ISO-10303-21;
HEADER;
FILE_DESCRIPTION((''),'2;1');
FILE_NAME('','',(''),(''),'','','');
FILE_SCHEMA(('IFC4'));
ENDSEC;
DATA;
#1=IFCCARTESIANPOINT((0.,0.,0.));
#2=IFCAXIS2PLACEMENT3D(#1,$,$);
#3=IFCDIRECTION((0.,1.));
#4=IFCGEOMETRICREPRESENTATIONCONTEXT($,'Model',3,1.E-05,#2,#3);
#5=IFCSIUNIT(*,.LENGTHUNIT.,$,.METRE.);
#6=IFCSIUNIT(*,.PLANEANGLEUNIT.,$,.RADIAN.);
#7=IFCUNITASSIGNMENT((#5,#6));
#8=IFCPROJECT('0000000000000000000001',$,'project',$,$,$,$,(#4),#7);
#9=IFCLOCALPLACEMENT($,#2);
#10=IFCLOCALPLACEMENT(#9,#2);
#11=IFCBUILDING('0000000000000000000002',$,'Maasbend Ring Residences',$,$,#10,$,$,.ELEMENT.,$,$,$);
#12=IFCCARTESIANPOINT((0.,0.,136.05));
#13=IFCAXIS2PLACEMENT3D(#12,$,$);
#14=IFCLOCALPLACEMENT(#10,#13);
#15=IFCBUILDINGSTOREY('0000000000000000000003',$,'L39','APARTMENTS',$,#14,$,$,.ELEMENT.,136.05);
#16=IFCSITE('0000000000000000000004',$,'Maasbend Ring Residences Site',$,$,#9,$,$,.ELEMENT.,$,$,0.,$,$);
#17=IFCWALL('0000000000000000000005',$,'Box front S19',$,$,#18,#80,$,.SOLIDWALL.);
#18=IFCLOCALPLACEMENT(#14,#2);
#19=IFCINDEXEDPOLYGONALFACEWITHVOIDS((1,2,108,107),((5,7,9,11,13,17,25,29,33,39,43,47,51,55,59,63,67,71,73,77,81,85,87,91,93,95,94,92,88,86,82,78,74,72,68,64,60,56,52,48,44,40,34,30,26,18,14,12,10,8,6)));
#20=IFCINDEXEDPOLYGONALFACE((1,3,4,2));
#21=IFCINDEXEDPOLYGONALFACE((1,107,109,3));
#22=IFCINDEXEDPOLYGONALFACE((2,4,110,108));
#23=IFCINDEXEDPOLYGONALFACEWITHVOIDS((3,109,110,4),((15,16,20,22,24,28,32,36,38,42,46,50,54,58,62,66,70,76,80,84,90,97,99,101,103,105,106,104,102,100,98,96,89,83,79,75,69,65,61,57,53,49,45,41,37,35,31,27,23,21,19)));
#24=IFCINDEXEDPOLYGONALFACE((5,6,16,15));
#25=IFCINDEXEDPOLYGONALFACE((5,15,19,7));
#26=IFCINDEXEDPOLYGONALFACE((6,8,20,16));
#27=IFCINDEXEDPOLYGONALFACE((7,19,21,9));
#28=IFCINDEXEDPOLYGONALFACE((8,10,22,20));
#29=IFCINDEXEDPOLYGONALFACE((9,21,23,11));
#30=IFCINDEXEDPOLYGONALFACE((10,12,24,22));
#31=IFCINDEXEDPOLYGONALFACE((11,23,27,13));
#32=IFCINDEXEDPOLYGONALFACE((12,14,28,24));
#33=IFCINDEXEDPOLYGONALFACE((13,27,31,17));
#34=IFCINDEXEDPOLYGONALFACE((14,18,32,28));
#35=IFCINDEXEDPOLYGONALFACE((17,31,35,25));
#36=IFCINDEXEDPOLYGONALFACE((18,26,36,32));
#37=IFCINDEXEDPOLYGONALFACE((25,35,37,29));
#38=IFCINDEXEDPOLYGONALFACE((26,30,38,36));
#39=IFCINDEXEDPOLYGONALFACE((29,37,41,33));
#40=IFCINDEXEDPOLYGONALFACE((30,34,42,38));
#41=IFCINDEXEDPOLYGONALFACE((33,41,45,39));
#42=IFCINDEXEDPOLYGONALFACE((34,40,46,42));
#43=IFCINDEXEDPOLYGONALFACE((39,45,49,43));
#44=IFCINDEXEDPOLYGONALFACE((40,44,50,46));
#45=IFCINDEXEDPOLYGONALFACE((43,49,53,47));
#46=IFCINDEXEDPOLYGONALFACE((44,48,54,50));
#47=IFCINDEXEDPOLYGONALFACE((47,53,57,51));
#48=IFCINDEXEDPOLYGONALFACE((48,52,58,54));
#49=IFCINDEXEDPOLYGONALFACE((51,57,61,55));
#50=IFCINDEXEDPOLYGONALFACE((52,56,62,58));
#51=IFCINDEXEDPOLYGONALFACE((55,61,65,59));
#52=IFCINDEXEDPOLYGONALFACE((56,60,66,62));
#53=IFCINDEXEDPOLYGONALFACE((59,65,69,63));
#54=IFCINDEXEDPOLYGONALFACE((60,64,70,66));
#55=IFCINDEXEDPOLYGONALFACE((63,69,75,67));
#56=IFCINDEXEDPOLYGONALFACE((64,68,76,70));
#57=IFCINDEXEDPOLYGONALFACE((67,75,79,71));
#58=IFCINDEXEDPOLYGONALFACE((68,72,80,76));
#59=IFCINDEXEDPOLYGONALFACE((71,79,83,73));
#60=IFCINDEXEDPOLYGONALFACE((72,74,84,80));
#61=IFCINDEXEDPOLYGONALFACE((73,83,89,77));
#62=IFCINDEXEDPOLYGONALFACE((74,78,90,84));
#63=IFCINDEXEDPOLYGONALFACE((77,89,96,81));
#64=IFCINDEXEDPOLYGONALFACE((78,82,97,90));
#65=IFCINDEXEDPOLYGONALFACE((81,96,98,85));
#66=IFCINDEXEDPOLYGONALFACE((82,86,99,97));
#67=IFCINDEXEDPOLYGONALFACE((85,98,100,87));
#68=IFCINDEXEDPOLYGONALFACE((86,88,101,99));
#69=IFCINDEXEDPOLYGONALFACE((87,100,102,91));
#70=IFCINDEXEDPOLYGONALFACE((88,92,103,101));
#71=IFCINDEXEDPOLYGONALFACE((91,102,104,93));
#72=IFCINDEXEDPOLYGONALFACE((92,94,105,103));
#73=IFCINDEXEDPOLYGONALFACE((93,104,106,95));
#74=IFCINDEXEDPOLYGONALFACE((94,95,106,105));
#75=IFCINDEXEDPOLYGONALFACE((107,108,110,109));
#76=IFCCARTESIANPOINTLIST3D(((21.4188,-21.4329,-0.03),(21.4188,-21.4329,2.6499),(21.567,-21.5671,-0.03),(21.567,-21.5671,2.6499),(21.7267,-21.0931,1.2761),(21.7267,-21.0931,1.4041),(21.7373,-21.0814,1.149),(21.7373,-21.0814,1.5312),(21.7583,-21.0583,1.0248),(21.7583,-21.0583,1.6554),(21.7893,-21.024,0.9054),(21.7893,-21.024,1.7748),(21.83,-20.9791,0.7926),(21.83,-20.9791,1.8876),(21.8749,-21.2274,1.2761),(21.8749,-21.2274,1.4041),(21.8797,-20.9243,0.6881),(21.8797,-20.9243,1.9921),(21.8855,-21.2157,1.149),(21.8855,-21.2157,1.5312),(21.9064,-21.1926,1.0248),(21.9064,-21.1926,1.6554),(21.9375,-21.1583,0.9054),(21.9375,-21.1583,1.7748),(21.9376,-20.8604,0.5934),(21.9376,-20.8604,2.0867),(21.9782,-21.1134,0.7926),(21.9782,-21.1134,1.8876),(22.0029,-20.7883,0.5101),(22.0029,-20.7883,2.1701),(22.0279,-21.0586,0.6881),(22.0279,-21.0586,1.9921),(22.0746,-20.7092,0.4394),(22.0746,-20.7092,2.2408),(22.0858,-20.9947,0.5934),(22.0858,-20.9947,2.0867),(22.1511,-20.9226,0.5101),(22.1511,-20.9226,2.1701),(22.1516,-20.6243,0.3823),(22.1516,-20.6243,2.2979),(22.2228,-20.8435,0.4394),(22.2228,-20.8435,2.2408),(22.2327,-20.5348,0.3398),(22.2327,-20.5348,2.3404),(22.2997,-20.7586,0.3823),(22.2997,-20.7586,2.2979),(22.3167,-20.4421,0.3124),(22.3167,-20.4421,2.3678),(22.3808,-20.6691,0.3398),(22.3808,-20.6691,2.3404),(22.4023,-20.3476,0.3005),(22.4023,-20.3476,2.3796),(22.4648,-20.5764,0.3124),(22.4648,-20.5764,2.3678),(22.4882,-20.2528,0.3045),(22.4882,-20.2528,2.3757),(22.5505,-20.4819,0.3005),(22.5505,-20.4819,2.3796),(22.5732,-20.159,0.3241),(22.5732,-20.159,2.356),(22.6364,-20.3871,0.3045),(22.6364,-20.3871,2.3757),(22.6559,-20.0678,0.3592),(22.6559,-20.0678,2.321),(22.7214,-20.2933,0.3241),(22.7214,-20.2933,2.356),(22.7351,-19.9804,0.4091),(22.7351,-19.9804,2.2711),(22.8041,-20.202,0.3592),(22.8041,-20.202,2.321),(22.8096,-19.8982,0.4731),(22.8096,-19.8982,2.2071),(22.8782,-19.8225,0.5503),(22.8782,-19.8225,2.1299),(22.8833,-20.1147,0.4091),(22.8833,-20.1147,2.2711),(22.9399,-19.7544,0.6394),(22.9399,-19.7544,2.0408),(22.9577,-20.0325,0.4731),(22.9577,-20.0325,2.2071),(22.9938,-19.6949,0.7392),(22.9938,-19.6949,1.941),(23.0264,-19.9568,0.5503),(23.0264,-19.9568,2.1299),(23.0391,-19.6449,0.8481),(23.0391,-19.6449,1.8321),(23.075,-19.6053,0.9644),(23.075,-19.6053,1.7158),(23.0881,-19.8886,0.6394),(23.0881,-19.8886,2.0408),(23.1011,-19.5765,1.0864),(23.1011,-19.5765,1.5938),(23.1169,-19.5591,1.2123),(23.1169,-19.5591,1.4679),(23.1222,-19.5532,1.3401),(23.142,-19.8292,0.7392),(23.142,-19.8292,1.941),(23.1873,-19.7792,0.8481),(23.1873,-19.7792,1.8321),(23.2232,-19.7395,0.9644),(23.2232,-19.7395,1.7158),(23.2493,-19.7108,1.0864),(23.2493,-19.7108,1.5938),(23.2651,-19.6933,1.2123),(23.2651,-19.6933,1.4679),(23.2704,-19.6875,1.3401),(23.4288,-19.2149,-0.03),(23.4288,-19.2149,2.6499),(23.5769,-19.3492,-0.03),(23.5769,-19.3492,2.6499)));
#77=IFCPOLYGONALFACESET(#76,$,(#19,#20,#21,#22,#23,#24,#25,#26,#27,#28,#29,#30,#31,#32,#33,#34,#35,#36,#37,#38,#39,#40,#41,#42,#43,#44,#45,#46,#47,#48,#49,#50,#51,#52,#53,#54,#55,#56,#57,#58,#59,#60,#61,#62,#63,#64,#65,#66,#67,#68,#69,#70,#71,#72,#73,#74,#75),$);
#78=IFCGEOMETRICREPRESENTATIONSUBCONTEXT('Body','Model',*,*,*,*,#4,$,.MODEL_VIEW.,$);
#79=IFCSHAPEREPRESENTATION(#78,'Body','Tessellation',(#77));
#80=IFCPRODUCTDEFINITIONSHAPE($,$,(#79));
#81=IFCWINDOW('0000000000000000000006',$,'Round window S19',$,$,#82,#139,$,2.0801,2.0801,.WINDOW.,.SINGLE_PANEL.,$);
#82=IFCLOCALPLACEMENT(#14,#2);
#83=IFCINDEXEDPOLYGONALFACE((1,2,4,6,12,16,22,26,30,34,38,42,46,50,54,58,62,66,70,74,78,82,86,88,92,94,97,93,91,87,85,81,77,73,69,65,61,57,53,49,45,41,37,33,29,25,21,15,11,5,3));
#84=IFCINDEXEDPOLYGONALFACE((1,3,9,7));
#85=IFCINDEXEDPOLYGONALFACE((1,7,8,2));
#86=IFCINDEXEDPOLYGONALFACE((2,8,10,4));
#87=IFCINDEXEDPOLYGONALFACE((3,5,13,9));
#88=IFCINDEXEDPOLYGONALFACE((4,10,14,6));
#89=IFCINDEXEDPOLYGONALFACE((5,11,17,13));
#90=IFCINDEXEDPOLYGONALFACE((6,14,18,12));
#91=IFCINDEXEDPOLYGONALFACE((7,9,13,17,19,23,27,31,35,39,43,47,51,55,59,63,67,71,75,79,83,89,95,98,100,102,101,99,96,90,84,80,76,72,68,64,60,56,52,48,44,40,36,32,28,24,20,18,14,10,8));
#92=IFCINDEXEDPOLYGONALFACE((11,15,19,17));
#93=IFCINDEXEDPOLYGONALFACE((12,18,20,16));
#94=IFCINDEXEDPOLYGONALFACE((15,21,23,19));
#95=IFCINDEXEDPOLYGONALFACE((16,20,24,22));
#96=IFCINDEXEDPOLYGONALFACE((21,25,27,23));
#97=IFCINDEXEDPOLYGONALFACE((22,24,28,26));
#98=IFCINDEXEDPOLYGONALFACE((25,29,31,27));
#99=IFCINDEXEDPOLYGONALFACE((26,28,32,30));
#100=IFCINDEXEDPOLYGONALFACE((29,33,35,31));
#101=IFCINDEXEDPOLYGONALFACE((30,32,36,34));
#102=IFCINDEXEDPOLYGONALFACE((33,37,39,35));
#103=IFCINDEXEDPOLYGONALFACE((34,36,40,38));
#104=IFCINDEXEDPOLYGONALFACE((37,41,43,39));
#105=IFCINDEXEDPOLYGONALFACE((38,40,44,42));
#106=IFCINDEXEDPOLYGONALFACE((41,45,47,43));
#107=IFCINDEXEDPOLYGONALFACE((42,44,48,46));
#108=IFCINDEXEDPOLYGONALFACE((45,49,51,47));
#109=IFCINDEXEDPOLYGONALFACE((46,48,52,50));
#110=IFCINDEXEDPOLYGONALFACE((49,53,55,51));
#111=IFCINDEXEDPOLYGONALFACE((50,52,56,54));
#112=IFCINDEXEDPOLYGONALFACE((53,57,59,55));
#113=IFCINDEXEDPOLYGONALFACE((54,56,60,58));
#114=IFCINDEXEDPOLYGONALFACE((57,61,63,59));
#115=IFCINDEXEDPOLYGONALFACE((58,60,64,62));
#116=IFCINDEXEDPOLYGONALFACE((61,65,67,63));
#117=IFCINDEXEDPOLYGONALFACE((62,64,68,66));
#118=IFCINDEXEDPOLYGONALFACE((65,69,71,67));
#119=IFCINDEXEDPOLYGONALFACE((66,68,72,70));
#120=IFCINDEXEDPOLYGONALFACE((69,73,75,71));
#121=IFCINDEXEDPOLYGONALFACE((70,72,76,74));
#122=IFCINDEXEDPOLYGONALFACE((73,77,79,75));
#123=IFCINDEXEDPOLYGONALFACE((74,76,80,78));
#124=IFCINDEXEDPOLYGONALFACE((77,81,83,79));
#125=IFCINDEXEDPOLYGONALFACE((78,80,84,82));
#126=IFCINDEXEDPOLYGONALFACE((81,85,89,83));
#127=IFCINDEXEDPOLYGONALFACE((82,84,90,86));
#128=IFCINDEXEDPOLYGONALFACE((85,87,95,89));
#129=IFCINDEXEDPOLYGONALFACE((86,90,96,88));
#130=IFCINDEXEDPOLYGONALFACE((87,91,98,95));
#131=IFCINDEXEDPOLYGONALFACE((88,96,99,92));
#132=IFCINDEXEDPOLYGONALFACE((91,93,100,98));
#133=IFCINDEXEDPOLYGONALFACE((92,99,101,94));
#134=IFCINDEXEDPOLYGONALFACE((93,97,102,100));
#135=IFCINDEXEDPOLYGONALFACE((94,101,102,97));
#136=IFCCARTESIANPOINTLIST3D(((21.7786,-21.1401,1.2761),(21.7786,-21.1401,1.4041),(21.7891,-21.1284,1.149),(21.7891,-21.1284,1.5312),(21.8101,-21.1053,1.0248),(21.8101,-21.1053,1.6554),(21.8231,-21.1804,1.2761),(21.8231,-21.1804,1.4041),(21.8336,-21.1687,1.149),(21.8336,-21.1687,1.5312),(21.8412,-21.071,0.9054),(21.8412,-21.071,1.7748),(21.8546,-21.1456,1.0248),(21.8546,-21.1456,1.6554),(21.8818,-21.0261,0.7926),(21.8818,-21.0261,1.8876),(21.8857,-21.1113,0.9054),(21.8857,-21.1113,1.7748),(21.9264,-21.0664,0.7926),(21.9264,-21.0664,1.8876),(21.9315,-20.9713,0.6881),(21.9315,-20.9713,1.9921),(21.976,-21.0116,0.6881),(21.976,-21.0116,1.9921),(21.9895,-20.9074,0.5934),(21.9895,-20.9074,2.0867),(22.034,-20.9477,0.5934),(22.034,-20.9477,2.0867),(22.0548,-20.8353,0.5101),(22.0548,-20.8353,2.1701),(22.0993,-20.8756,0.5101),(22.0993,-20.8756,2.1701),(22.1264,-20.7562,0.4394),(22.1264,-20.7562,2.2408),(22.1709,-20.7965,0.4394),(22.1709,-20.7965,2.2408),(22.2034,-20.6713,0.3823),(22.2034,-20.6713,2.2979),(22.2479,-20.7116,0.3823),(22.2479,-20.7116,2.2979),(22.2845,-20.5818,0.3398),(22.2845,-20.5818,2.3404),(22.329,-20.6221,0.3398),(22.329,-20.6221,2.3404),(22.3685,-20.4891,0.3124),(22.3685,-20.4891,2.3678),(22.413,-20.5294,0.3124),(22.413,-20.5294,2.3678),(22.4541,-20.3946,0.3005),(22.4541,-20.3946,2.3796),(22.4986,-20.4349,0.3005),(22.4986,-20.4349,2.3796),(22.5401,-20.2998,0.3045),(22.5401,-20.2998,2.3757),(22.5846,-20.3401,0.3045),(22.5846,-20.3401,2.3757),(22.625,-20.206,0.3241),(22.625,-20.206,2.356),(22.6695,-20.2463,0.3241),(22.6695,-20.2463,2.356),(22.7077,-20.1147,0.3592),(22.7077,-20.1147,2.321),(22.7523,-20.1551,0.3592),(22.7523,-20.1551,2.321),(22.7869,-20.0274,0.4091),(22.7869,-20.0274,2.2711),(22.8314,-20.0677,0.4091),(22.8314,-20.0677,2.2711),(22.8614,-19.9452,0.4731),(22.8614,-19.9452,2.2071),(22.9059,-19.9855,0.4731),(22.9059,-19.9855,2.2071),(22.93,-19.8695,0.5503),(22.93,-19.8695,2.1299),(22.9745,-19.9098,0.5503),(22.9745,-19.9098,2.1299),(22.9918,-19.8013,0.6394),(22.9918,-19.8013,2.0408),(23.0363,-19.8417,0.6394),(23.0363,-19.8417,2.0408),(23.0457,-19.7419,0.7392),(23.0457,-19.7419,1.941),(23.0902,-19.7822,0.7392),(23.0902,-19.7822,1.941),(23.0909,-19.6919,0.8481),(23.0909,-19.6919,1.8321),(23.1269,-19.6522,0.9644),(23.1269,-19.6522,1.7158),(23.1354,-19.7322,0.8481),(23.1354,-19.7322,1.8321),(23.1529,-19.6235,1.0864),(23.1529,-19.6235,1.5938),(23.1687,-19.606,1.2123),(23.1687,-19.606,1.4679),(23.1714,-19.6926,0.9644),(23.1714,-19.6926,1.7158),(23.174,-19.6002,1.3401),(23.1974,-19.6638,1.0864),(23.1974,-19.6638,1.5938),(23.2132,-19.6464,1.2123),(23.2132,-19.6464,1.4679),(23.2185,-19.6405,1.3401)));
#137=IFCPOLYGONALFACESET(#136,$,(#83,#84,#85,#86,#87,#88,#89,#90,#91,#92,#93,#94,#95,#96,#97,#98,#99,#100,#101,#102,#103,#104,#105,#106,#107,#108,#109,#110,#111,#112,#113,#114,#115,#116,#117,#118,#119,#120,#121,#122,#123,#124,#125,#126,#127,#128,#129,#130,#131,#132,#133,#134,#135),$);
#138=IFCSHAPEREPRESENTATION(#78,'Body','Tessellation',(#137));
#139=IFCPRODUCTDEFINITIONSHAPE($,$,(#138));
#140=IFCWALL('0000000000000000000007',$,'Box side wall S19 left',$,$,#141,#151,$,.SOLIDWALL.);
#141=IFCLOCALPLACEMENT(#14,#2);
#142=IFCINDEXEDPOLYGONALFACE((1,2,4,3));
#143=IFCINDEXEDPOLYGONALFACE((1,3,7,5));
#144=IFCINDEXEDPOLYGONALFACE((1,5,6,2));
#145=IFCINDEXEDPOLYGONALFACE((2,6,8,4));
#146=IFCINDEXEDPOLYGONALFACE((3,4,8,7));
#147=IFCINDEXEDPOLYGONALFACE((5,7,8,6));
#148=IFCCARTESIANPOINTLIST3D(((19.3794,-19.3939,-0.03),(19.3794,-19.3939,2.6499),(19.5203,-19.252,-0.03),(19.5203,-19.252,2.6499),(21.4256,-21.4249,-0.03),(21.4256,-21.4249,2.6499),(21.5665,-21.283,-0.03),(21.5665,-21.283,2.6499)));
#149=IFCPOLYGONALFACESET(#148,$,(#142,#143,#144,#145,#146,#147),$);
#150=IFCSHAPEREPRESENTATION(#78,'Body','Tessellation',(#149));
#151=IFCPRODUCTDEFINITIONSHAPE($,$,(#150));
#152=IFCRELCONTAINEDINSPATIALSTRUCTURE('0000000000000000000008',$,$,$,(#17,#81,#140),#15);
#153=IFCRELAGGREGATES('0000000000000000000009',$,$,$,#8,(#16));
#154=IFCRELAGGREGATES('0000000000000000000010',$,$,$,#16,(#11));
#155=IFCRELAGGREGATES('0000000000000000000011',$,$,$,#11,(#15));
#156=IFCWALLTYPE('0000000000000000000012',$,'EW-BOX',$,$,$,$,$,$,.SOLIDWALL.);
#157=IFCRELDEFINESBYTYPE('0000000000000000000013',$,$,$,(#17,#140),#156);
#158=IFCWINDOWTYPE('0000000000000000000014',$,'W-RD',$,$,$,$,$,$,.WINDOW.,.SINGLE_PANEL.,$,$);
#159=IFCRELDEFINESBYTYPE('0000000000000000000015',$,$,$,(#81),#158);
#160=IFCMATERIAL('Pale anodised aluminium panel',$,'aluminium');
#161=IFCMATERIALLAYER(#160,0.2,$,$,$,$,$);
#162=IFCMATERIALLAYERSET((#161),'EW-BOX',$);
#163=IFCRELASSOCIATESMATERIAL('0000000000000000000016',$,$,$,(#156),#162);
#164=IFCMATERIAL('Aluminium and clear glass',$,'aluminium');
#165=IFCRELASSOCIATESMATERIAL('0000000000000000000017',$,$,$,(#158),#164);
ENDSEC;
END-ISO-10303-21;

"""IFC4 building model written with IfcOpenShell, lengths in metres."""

from ifc_helpers import new_model, si_unit, direction, frame, frame_2d, origin, place, context, subcontext, project, spatial, rectangle, circle, extrude, material, layer, layer_set, type_object, element, fill, save


model = new_model("IFC4")

# Units and contexts
model_context = context("Model", 3, precision=1e-05, world=origin(), true_north=direction((0.0, 1.0)))
body_context = subcontext(model_context, "Body", "Model", "MODEL_VIEW")
ifc_project = project(units=[si_unit("LENGTHUNIT", "METRE"), si_unit("PLANEANGLEUNIT", "RADIAN")], contexts=[model_context])

# Site, building, storey
site_placement = place(None, origin())
site = spatial("IfcSite", under=ifc_project, at=site_placement, Name="Maasbend Ring Residences Site", CompositionType="ELEMENT", RefElevation=0.0)
building_placement = place(site_placement, origin())
building = spatial("IfcBuilding", under=site, at=building_placement, Name="Maasbend Ring Residences", CompositionType="ELEMENT")
storey_placement = place(building_placement, frame((0.0, 0.0, 136.05)))
storey = spatial("IfcBuildingStorey", under=building, at=storey_placement, Name="L39", Description="APARTMENTS", CompositionType="ELEMENT", Elevation=136.05)

# Shared definitions
ifc_material_1 = material(Name="Pale anodised aluminium panel", Category="aluminium")
ifc_layer_1 = layer(ifc_material_1, 0.2)
ifc_layer_set_1 = layer_set([ifc_layer_1], Name="EW-BOX")
wall_type_1 = type_object("IfcWallType", Name="EW-BOX", PredefinedType="SOLIDWALL", material=ifc_layer_set_1)
ifc_material_2 = material(Name="Aluminium and clear glass", Category="aluminium")
window_type_1 = type_object("IfcWindowType", Name="W-RD", PartitioningType="SINGLE_PANEL", PredefinedType="WINDOW", material=ifc_material_2)

# Wall, opening, window
wall_1_placement = place(storey_placement, frame((21.4929, -21.5, -0.03), z_axis=(0.0, 0.0, 1.0), x_axis=(0.671507, 0.740998, 0.0)))
wall_1 = element("IfcWall", 1, at=wall_1_placement, inside=storey, type_object=wall_type_1, Name="Box front S19", PredefinedType="SOLIDWALL", context=body_context, shape_type="SweptSolid", body=[
    extrude(rectangle(XDim=2.9932, YDim=0.2, at=frame_2d((1.4966, 0.0))), origin(), (0.0, 0.0, 1.0), 2.6799),
])
opening_1_placement = place(wall_1_placement, frame((0.4565, 0.0, 0.3301)))
opening_1 = element("IfcOpeningElement", 2, at=opening_1_placement, cuts=wall_1, PredefinedType="OPENING", context=body_context, shape_type="SweptSolid", body=[
    extrude(circle(Radius=1.04, at=frame_2d((1.04, 1.04))), frame((0.0, 0.1099, 0.0), z_axis=(0.0, -1.0, 0.0), x_axis=(1.0, 0.0, 0.0)), (0.0, 0.0, 1.0), 0.22),
])
window_1_placement = place(opening_1_placement, origin())
window_1 = element("IfcWindow", 3, at=window_1_placement, inside=storey, type_object=window_type_1, Name="Round window S19", OverallHeight=2.0801, OverallWidth=2.0801, PartitioningType="SINGLE_PANEL", PredefinedType="WINDOW", context=body_context, shape_type="SweptSolid", body=[
    extrude(circle(Radius=1.04, at=frame_2d((1.04, 1.04))), frame((0.0, 0.03, 0.0), z_axis=(0.0, -1.0, 0.0), x_axis=(1.0, 0.0, 0.0)), (0.0, 0.0, 1.0), 0.0601),
])
fill(opening_1, window_1)

# Wall
wall_2_placement = place(storey_placement, frame((19.45, -19.323, -0.03), z_axis=(0.0, 0.0, 1.0), x_axis=(0.709727, -0.704477, 0.0)))
element("IfcWall", 4, at=wall_2_placement, inside=storey, type_object=wall_type_1, Name="Box side wall S19 left", PredefinedType="SOLIDWALL", context=body_context, shape_type="SweptSolid", body=[
    extrude(rectangle(XDim=2.8831, YDim=0.2, at=frame_2d((1.4414, 0.0))), origin(), (0.0, 0.0, 1.0), 2.6799),
])

save(model, "model.ifc")
